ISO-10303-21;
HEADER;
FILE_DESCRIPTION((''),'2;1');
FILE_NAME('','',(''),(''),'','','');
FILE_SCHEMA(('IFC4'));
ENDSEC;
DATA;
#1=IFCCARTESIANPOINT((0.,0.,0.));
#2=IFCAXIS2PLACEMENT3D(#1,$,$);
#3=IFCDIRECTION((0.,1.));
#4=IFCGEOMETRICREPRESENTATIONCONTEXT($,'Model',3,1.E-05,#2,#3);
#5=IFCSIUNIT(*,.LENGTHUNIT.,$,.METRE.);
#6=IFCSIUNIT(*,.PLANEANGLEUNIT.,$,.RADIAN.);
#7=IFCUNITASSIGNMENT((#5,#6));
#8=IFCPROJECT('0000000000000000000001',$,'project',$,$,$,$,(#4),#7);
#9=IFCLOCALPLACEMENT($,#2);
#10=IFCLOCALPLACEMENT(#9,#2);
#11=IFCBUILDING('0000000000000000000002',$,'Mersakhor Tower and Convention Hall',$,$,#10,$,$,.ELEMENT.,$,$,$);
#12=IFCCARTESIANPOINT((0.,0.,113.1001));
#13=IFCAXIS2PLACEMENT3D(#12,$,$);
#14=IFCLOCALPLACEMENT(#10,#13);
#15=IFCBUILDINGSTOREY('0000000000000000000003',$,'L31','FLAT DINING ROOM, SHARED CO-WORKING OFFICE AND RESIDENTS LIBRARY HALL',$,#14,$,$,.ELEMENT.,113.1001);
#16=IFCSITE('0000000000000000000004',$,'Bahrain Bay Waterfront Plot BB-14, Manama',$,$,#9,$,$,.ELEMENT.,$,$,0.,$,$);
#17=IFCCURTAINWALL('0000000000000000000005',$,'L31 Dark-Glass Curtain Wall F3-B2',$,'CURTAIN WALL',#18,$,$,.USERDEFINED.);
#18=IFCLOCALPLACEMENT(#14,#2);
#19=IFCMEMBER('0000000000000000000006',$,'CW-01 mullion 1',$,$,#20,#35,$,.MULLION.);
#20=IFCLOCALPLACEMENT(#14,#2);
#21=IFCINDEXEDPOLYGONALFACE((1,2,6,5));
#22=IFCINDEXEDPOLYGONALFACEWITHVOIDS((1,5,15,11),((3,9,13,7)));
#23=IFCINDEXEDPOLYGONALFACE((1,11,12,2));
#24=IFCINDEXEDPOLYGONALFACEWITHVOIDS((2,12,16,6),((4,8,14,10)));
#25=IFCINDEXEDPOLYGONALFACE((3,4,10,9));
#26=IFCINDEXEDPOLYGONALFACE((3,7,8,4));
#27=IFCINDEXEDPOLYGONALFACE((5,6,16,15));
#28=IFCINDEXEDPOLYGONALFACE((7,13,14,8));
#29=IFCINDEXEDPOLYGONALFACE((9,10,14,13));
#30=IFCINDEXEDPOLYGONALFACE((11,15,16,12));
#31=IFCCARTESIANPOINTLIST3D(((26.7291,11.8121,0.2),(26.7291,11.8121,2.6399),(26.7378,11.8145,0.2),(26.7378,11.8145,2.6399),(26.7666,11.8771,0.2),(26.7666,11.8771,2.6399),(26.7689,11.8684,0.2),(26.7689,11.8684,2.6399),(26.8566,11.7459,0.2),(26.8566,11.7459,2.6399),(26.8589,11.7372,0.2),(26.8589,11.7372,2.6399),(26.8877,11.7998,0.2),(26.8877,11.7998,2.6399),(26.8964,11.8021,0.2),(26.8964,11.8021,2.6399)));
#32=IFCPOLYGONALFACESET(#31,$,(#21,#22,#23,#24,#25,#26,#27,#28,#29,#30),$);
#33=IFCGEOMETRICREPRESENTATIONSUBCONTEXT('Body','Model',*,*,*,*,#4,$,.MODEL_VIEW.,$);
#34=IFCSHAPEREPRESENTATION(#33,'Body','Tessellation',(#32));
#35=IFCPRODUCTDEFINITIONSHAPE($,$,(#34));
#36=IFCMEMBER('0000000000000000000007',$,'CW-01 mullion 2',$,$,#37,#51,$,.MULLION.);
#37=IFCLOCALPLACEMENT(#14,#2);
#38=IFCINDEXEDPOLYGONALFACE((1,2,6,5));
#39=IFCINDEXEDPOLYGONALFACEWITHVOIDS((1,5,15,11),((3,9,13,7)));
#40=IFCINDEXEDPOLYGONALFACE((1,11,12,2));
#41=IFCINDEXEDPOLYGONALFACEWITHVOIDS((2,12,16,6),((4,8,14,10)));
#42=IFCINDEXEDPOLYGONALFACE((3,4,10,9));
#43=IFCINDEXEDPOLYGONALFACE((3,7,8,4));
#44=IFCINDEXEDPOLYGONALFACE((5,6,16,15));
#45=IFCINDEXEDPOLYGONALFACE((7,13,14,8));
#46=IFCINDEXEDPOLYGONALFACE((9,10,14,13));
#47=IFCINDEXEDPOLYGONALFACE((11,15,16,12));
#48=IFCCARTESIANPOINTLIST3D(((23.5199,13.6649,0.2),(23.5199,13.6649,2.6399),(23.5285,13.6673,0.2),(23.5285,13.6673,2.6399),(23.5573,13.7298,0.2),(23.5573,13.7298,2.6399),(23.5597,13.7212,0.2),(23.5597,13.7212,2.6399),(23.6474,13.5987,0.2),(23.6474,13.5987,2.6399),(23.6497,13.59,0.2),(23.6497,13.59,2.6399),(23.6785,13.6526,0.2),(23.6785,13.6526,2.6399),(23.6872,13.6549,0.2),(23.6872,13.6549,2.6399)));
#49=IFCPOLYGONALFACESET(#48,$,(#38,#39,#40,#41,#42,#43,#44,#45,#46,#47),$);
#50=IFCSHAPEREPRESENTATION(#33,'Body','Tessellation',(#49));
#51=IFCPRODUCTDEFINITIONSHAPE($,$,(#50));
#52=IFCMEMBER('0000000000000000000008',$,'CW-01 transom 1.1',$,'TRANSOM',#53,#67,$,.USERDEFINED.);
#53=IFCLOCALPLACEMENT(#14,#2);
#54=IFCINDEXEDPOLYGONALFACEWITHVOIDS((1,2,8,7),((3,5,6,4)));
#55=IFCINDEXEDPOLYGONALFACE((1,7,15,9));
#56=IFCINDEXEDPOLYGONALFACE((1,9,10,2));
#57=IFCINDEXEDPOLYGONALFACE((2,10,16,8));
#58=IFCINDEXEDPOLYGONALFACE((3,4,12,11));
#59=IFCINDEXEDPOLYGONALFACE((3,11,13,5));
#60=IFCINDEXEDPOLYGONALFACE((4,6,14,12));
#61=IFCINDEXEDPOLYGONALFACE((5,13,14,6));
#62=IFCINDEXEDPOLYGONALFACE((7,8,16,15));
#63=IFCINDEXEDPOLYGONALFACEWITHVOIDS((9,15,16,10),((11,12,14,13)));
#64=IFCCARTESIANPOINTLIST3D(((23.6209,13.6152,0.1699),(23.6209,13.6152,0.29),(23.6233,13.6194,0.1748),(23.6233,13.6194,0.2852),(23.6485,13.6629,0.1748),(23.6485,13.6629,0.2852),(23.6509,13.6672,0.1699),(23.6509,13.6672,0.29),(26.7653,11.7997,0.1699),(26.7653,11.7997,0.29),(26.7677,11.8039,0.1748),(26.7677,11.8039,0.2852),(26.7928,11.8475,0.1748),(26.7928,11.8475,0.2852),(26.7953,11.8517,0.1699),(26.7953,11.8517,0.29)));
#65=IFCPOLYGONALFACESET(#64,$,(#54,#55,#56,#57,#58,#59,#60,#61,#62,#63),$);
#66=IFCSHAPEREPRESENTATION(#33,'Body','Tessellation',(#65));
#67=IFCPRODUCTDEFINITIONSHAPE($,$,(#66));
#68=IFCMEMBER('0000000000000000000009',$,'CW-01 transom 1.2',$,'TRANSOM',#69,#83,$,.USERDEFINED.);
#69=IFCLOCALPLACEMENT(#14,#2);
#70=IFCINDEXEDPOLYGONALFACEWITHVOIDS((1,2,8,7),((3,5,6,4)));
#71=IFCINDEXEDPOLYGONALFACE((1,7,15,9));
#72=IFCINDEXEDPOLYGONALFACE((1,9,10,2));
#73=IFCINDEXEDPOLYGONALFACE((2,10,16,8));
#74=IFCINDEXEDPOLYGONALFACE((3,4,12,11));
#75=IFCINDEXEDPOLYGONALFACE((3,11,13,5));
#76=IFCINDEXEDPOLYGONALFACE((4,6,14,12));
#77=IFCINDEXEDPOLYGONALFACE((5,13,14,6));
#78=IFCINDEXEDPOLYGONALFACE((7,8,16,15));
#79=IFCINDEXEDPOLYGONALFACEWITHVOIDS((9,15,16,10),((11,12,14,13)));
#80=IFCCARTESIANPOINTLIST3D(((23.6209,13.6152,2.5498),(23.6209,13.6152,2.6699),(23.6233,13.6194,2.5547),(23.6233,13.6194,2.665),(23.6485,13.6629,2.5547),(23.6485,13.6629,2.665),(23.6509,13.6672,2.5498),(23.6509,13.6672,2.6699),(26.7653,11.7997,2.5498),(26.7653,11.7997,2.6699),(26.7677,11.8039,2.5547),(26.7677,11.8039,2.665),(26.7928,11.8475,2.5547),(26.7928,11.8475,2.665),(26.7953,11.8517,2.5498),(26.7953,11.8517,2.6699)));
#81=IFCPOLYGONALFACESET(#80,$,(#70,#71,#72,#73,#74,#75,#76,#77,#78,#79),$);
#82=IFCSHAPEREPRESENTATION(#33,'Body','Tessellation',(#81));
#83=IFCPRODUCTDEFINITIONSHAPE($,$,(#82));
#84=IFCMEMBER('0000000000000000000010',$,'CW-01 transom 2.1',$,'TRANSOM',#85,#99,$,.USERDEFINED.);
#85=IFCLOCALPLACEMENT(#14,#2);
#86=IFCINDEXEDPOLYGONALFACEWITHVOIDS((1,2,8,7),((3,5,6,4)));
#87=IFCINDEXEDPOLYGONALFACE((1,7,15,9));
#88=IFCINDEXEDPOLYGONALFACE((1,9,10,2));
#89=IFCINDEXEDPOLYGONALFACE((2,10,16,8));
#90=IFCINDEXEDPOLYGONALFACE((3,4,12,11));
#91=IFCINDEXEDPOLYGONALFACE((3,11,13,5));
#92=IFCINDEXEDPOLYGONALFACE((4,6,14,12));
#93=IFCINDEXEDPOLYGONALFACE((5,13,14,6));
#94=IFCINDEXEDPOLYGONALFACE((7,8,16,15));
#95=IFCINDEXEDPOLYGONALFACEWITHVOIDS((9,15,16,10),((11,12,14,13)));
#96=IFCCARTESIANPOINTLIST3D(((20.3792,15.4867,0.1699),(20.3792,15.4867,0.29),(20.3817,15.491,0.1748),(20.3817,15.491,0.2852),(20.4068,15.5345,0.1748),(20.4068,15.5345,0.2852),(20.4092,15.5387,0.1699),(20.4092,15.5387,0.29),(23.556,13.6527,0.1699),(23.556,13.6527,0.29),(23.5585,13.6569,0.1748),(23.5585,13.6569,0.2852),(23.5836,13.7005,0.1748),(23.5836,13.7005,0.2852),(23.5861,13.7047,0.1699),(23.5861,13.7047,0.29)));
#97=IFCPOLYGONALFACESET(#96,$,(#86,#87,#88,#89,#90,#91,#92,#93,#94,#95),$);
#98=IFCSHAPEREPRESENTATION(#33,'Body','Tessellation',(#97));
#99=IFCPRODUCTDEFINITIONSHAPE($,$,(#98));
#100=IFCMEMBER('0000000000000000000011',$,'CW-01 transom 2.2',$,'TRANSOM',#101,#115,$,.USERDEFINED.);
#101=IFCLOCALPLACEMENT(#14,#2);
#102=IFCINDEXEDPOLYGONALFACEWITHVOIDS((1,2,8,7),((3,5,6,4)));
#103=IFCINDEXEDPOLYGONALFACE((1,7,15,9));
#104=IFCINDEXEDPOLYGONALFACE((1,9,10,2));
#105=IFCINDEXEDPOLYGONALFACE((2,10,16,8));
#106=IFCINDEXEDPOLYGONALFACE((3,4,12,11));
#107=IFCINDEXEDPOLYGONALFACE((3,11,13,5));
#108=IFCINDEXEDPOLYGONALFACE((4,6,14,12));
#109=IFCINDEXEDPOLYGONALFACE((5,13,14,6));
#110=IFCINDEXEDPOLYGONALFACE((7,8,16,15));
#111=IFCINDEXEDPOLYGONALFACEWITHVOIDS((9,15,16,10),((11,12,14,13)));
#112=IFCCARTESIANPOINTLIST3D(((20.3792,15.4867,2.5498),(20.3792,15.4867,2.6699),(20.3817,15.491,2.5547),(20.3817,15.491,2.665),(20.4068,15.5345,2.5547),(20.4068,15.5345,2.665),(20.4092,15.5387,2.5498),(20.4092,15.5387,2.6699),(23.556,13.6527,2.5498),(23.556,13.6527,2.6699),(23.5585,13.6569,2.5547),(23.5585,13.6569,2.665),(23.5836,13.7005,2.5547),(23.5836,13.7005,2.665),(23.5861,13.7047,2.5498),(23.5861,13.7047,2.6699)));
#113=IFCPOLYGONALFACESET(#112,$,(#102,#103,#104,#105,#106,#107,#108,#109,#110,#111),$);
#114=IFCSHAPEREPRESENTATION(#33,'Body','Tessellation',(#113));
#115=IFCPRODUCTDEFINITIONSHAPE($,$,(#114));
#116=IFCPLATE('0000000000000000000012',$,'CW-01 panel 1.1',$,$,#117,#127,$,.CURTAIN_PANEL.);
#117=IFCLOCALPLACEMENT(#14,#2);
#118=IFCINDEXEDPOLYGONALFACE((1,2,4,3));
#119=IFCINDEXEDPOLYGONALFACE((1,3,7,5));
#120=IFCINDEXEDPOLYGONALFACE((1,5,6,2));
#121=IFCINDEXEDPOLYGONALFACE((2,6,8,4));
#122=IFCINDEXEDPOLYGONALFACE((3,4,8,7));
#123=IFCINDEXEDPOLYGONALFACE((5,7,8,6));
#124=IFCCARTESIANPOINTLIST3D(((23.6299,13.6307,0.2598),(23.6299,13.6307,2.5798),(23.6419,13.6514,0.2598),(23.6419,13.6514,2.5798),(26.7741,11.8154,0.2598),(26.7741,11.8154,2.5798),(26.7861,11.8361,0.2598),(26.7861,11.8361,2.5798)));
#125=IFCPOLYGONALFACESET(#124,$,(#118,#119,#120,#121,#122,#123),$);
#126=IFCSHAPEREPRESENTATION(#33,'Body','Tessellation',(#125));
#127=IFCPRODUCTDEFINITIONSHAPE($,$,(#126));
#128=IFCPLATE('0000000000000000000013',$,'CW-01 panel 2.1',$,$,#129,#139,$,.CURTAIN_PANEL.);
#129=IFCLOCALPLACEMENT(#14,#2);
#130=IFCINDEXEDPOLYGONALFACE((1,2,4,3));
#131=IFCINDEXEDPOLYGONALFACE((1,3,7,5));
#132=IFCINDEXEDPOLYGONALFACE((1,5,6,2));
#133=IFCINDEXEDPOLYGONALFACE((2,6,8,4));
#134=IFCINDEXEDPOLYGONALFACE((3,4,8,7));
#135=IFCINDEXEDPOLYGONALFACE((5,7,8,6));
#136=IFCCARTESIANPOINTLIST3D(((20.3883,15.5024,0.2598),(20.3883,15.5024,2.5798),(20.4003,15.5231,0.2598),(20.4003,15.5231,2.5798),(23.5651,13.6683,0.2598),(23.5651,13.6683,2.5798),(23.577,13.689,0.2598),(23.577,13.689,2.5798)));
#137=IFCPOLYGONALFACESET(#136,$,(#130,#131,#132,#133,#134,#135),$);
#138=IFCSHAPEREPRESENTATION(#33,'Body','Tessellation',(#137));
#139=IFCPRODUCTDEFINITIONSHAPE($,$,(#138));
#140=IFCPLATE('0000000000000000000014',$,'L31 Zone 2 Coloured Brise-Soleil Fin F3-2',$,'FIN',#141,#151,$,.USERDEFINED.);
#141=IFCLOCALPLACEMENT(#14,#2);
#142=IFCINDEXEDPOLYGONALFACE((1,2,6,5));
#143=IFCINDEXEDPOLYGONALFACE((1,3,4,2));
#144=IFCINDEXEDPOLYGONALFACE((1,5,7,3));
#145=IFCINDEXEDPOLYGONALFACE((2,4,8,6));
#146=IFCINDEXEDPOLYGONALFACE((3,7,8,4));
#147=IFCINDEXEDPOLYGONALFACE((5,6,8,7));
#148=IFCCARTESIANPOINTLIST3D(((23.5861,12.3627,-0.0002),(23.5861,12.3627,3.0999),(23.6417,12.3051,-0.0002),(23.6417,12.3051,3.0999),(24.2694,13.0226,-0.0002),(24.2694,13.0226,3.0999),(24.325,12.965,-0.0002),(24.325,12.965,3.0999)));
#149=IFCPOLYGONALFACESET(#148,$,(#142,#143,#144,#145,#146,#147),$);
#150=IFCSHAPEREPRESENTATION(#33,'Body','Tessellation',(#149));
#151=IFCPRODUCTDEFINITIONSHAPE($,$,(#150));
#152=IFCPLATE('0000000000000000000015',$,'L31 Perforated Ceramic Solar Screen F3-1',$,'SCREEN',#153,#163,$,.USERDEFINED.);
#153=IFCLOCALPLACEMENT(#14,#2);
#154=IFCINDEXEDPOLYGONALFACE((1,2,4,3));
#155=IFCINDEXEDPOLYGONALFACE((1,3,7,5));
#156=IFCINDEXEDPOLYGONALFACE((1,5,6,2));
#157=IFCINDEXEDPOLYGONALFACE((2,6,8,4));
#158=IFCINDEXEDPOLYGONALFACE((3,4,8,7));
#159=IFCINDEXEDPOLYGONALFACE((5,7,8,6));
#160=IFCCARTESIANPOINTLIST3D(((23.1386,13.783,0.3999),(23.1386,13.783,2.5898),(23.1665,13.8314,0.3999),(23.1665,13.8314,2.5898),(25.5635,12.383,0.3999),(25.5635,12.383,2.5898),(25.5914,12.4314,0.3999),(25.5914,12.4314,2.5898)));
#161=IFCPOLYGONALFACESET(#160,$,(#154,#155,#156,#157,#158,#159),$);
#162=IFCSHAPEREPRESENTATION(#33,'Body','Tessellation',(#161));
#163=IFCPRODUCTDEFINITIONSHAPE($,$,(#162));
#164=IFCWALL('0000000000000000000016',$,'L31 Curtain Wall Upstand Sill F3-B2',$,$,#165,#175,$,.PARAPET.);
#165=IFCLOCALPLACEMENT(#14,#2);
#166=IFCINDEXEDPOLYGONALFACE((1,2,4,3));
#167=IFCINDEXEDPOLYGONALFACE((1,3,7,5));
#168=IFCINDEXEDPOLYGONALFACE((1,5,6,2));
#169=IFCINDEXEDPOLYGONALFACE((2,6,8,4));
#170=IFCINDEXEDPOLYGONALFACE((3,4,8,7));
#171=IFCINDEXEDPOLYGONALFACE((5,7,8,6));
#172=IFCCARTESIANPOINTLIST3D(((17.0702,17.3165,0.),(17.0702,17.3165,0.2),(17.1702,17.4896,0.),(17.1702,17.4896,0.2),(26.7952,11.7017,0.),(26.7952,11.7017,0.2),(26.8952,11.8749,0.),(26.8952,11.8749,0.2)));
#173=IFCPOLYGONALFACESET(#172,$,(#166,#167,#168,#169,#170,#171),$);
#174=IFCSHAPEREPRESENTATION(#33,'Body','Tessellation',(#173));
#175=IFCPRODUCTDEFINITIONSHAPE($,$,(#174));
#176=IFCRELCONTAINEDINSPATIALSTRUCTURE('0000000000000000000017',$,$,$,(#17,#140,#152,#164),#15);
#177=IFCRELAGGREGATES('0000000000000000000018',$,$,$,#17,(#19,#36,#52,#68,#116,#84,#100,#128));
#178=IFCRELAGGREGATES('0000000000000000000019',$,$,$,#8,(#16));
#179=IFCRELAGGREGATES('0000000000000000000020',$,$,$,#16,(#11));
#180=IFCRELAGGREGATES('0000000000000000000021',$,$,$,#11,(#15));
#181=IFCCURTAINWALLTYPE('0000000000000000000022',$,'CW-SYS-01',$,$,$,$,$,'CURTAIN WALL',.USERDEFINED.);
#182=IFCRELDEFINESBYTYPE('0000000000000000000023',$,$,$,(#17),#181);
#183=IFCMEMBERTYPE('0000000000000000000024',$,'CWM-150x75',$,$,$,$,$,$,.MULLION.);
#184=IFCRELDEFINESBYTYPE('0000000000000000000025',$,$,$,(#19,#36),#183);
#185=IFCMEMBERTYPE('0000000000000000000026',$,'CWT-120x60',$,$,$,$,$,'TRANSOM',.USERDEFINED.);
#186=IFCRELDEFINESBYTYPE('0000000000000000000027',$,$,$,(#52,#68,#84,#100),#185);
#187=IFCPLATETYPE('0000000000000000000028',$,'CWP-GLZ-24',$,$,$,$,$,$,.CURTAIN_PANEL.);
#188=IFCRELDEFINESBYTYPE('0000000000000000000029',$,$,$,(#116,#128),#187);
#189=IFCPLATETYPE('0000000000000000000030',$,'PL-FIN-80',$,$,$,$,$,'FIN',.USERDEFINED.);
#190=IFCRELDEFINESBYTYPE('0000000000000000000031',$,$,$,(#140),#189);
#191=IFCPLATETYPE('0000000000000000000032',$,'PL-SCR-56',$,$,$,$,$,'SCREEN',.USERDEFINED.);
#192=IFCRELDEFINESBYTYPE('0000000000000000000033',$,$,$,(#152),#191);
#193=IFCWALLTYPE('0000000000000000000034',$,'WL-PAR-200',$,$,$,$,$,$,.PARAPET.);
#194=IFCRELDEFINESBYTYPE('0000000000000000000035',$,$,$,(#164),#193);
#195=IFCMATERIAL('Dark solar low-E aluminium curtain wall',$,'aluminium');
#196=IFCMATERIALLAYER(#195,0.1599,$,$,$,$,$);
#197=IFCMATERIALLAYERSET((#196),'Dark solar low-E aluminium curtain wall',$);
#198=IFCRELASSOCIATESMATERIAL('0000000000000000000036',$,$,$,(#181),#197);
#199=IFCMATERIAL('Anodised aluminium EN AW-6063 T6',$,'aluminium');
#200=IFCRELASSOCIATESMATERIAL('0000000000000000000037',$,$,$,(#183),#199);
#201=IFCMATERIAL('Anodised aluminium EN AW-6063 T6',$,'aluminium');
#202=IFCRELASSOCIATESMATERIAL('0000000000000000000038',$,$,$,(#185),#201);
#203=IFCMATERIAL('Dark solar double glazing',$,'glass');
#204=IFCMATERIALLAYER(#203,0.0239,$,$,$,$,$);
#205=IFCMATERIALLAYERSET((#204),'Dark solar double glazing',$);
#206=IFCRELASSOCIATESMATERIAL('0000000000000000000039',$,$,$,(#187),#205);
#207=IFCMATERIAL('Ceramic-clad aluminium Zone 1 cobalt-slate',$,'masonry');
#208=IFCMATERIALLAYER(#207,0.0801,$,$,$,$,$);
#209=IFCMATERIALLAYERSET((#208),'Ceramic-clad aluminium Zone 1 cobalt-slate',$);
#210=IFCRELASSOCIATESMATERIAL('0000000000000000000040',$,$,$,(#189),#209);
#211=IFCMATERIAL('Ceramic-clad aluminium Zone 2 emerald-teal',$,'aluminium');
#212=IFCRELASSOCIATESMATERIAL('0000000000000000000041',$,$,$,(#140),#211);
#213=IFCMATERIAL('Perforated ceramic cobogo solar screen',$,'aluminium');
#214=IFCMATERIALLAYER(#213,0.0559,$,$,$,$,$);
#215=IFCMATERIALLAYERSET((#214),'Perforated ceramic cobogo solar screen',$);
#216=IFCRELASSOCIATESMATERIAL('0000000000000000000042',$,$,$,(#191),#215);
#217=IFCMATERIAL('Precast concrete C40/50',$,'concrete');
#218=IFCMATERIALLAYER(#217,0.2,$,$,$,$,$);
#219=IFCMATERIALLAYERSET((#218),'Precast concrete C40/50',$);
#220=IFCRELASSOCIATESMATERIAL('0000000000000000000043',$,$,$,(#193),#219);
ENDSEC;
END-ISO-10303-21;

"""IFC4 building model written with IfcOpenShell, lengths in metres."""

from ifc_helpers import new_model, si_unit, direction, frame, frame_2d, origin, origin_2d, place, context, subcontext, project, spatial, rectangle, hollow_rectangle, extrude, material, layer, layer_set, material_profile, profile_set, type_object, element, aggregate, save


model = new_model("IFC4")

# Units and contexts
model_context = context("Model", 3, precision=1e-05, world=origin(), true_north=direction((0.0, 1.0)))
body_context = subcontext(model_context, "Body", "Model", "MODEL_VIEW")
ifc_project = project(units=[si_unit("LENGTHUNIT", "METRE"), si_unit("PLANEANGLEUNIT", "RADIAN")], contexts=[model_context])

# Site, building, storey
site_placement = place(None, origin())
site = spatial("IfcSite", under=ifc_project, at=site_placement, Name="Bahrain Bay Waterfront Plot BB-14, Manama", CompositionType="ELEMENT", RefElevation=0.0)
building_placement = place(site_placement, origin())
building = spatial("IfcBuilding", under=site, at=building_placement, Name="Mersakhor Tower and Convention Hall", CompositionType="ELEMENT")
storey_placement = place(building_placement, frame((0.0, 0.0, 113.1001)))
storey = spatial("IfcBuildingStorey", under=building, at=storey_placement, Name="L31", Description="FLAT DINING ROOM, SHARED CO-WORKING OFFICE AND RESIDENTS LIBRARY HALL", CompositionType="ELEMENT", Elevation=113.1001)

# Curtain wall, members, plates
ifc_material_1 = material(Name="Dark solar low-E aluminium curtain wall", Category="aluminium")
ifc_layer_1 = layer(ifc_material_1, 0.1599)
ifc_layer_set_1 = layer_set([ifc_layer_1], Name="Dark solar low-E aluminium curtain wall")
curtain_wall_type = type_object("IfcCurtainWallType", Name="CW-SYS-01", ElementType="CURTAIN WALL", PredefinedType="USERDEFINED", material=ifc_layer_set_1)
curtain_wall_placement = place(storey_placement, origin())
curtain_wall = element("IfcCurtainWall", 1, at=curtain_wall_placement, inside=storey, type_object=curtain_wall_type, Name="L31 Dark-Glass Curtain Wall F3-B2", ObjectType="CURTAIN WALL", PredefinedType="USERDEFINED")
ifc_material_2 = material(Name="Anodised aluminium EN AW-6063 T6", Category="aluminium")
ifc_material_profile_1 = material_profile(ifc_material_2, hollow_rectangle(XDim=0.075, YDim=0.1499, WallThickness=0.0063, at=origin_2d()), Name="RHS 150x75x6.3")
ifc_profile_set_1 = profile_set([ifc_material_profile_1], Name="Anodised aluminium EN AW-6063 T6")
member_type_1 = type_object("IfcMemberType", Name="CWM-150x75", PredefinedType="MULLION", material=ifc_profile_set_1)
member_1_placement = place(storey_placement, frame((26.8127, 11.8071, 0.2), z_axis=(0.0, 0.0, 1.0), x_axis=(-0.499998, -0.866027, 0.0)))
member_1 = element("IfcMember", 2, at=member_1_placement, type_object=member_type_1, Name="CW-01 mullion 1", PredefinedType="MULLION", context=body_context, shape_type="SweptSolid", body=[
    extrude(hollow_rectangle(XDim=0.075, YDim=0.1499, WallThickness=0.0063, at=origin_2d()), origin(), (0.0, 0.0, 1.0), 2.4399),
])
member_2_placement = place(storey_placement, frame((23.6035, 13.6599, 0.2), z_axis=(0.0, 0.0, 1.0), x_axis=(-0.499998, -0.866027, 0.0)))
member_2 = element("IfcMember", 3, at=member_2_placement, type_object=member_type_1, Name="CW-01 mullion 2", PredefinedType="MULLION", context=body_context, shape_type="SweptSolid", body=[
    extrude(hollow_rectangle(XDim=0.075, YDim=0.1499, WallThickness=0.0063, at=origin_2d()), origin(), (0.0, 0.0, 1.0), 2.4399),
])
ifc_material_3 = material(Name="Anodised aluminium EN AW-6063 T6", Category="aluminium")
ifc_material_profile_2 = material_profile(ifc_material_3, hollow_rectangle(XDim=0.0601, YDim=0.1201, WallThickness=0.0049, at=origin_2d()), Name="RHS 120x60x5")
ifc_profile_set_2 = profile_set([ifc_material_profile_2], Name="Anodised aluminium EN AW-6063 T6")
member_type_2 = type_object("IfcMemberType", Name="CWT-120x60", ElementType="TRANSOM", PredefinedType="USERDEFINED", material=ifc_profile_set_2)
member_3_placement = place(storey_placement, frame((26.7803, 11.8257, 0.23), z_axis=(-0.866016, 0.500015, 0.0), x_axis=(-0.500015, -0.866016, 0.0)))
member_3 = element("IfcMember", 4, at=member_3_placement, type_object=member_type_2, Name="CW-01 transom 1.1", ObjectType="TRANSOM", PredefinedType="USERDEFINED", context=body_context, shape_type="SweptSolid", body=[
    extrude(hollow_rectangle(XDim=0.0601, YDim=0.1201, WallThickness=0.0049, at=origin_2d()), origin(), (0.0, 0.0, 1.0), 3.6309),
])
member_4_placement = place(storey_placement, frame((26.7803, 11.8257, 2.6099), z_axis=(-0.866016, 0.500015, 0.0), x_axis=(-0.500015, -0.866016, 0.0)))
member_4 = element("IfcMember", 5, at=member_4_placement, type_object=member_type_2, Name="CW-01 transom 1.2", ObjectType="TRANSOM", PredefinedType="USERDEFINED", context=body_context, shape_type="SweptSolid", body=[
    extrude(hollow_rectangle(XDim=0.0601, YDim=0.1201, WallThickness=0.0049, at=origin_2d()), origin(), (0.0, 0.0, 1.0), 3.6309),
])
member_5_placement = place(storey_placement, frame((23.571, 13.6787, 0.23), z_axis=(-0.866039, 0.499976, 0.0), x_axis=(-0.499976, -0.866039, 0.0)))
member_5 = element("IfcMember", 6, at=member_5_placement, type_object=member_type_2, Name="CW-01 transom 2.1", ObjectType="TRANSOM", PredefinedType="USERDEFINED", context=body_context, shape_type="SweptSolid", body=[
    extrude(hollow_rectangle(XDim=0.0601, YDim=0.1201, WallThickness=0.0049, at=origin_2d()), origin(), (0.0, 0.0, 1.0), 3.6682),
])
member_6_placement = place(storey_placement, frame((23.571, 13.6787, 2.6099), z_axis=(-0.866039, 0.499976, 0.0), x_axis=(-0.499976, -0.866039, 0.0)))
member_6 = element("IfcMember", 7, at=member_6_placement, type_object=member_type_2, Name="CW-01 transom 2.2", ObjectType="TRANSOM", PredefinedType="USERDEFINED", context=body_context, shape_type="SweptSolid", body=[
    extrude(hollow_rectangle(XDim=0.0601, YDim=0.1201, WallThickness=0.0049, at=origin_2d()), origin(), (0.0, 0.0, 1.0), 3.6682),
])
ifc_material_4 = material(Name="Dark solar double glazing", Category="glass")
ifc_layer_2 = layer(ifc_material_4, 0.0239)
ifc_layer_set_2 = layer_set([ifc_layer_2], Name="Dark solar double glazing")
plate_type_1 = type_object("IfcPlateType", Name="CWP-GLZ-24", PredefinedType="CURTAIN_PANEL", material=ifc_layer_set_2)
plate_1_placement = place(storey_placement, frame((25.208, 12.7334, 0.2598), z_axis=(0.0, 0.0, 1.0), x_axis=(-0.866027, 0.499998, 0.0)))
plate_1 = element("IfcPlate", 8, at=plate_1_placement, type_object=plate_type_1, Name="CW-01 panel 1.1", PredefinedType="CURTAIN_PANEL", context=body_context, shape_type="SweptSolid", body=[
    extrude(rectangle(XDim=3.6306, YDim=0.0239, at=origin_2d()), origin(), (0.0, 0.0, 1.0), 2.3201),
])
plate_2_placement = place(storey_placement, frame((21.9827, 14.5957, 0.2598), z_axis=(0.0, 0.0, 1.0), x_axis=(-0.866027, 0.499998, 0.0)))
plate_2 = element("IfcPlate", 9, at=plate_2_placement, type_object=plate_type_1, Name="CW-01 panel 2.1", PredefinedType="CURTAIN_PANEL", context=body_context, shape_type="SweptSolid", body=[
    extrude(rectangle(XDim=3.6682, YDim=0.0239, at=origin_2d()), origin(), (0.0, 0.0, 1.0), 2.3201),
])
aggregate(curtain_wall, [member_1, member_2, member_3, member_4, plate_1, member_5, member_6, plate_2])

# Plates
ifc_material_5 = material(Name="Ceramic-clad aluminium Zone 2 emerald-teal", Category="aluminium")
ifc_material_6 = material(Name="Ceramic-clad aluminium Zone 1 cobalt-slate", Category="masonry")
ifc_layer_3 = layer(ifc_material_6, 0.0801)
ifc_layer_set_3 = layer_set([ifc_layer_3], Name="Ceramic-clad aluminium Zone 1 cobalt-slate")
plate_type_2 = type_object("IfcPlateType", Name="PL-FIN-80", ElementType="FIN", PredefinedType="USERDEFINED", material=ifc_layer_set_3)
plate_3_placement = place(storey_placement, frame((23.9556, 12.6638, -0.0002), z_axis=(0.0, 0.0, 1.0), x_axis=(-0.71934, -0.694658, 0.0)))
element("IfcPlate", 10, at=plate_3_placement, inside=storey, type_object=plate_type_2, material=ifc_material_5, Name="L31 Zone 2 Coloured Brise-Soleil Fin F3-2", ObjectType="FIN", PredefinedType="USERDEFINED", context=body_context, shape_type="SweptSolid", body=[
    extrude(rectangle(XDim=0.95, YDim=0.0801, at=origin_2d()), origin(), (0.0, 0.0, 1.0), 3.1001),
])
ifc_material_7 = material(Name="Perforated ceramic cobogo solar screen", Category="aluminium")
ifc_layer_4 = layer(ifc_material_7, 0.0559)
ifc_layer_set_4 = layer_set([ifc_layer_4], Name="Perforated ceramic cobogo solar screen")
plate_type_3 = type_object("IfcPlateType", Name="PL-SCR-56", ElementType="SCREEN", PredefinedType="USERDEFINED", material=ifc_layer_set_4)
plate_4_placement = place(storey_placement, frame((24.365, 13.1072, 0.3999), z_axis=(0.0, 0.0, 1.0), x_axis=(-0.866025, 0.5, 0.0)))
element("IfcPlate", 11, at=plate_4_placement, inside=storey, type_object=plate_type_3, Name="L31 Perforated Ceramic Solar Screen F3-1", ObjectType="SCREEN", PredefinedType="USERDEFINED", context=body_context, shape_type="SweptSolid", body=[
    extrude(rectangle(XDim=2.8, YDim=0.0559, at=origin_2d()), origin(), (0.0, 0.0, 1.0), 2.1899),
])

# Wall
ifc_material_8 = material(Name="Precast concrete C40/50", Category="concrete")
ifc_layer_5 = layer(ifc_material_8, 0.2)
ifc_layer_set_5 = layer_set([ifc_layer_5], Name="Precast concrete C40/50")
wall_type_1 = type_object("IfcWallType", Name="WL-PAR-200", PredefinedType="PARAPET", material=ifc_layer_set_5)
wall_1_placement = place(storey_placement, frame((26.8452, 11.7883, 0.0), z_axis=(0.0, 0.0, 1.0), x_axis=(-0.866027, 0.499997, 0.0)))
element("IfcWall", 12, at=wall_1_placement, inside=storey, type_object=wall_type_1, Name="L31 Curtain Wall Upstand Sill F3-B2", PredefinedType="PARAPET", context=body_context, shape_type="SweptSolid", body=[
    extrude(rectangle(XDim=11.2295, YDim=0.2, at=frame_2d((5.6147, 0.0))), origin(), (0.0, 0.0, 1.0), 0.2),
])

save(model, "model.ifc")
